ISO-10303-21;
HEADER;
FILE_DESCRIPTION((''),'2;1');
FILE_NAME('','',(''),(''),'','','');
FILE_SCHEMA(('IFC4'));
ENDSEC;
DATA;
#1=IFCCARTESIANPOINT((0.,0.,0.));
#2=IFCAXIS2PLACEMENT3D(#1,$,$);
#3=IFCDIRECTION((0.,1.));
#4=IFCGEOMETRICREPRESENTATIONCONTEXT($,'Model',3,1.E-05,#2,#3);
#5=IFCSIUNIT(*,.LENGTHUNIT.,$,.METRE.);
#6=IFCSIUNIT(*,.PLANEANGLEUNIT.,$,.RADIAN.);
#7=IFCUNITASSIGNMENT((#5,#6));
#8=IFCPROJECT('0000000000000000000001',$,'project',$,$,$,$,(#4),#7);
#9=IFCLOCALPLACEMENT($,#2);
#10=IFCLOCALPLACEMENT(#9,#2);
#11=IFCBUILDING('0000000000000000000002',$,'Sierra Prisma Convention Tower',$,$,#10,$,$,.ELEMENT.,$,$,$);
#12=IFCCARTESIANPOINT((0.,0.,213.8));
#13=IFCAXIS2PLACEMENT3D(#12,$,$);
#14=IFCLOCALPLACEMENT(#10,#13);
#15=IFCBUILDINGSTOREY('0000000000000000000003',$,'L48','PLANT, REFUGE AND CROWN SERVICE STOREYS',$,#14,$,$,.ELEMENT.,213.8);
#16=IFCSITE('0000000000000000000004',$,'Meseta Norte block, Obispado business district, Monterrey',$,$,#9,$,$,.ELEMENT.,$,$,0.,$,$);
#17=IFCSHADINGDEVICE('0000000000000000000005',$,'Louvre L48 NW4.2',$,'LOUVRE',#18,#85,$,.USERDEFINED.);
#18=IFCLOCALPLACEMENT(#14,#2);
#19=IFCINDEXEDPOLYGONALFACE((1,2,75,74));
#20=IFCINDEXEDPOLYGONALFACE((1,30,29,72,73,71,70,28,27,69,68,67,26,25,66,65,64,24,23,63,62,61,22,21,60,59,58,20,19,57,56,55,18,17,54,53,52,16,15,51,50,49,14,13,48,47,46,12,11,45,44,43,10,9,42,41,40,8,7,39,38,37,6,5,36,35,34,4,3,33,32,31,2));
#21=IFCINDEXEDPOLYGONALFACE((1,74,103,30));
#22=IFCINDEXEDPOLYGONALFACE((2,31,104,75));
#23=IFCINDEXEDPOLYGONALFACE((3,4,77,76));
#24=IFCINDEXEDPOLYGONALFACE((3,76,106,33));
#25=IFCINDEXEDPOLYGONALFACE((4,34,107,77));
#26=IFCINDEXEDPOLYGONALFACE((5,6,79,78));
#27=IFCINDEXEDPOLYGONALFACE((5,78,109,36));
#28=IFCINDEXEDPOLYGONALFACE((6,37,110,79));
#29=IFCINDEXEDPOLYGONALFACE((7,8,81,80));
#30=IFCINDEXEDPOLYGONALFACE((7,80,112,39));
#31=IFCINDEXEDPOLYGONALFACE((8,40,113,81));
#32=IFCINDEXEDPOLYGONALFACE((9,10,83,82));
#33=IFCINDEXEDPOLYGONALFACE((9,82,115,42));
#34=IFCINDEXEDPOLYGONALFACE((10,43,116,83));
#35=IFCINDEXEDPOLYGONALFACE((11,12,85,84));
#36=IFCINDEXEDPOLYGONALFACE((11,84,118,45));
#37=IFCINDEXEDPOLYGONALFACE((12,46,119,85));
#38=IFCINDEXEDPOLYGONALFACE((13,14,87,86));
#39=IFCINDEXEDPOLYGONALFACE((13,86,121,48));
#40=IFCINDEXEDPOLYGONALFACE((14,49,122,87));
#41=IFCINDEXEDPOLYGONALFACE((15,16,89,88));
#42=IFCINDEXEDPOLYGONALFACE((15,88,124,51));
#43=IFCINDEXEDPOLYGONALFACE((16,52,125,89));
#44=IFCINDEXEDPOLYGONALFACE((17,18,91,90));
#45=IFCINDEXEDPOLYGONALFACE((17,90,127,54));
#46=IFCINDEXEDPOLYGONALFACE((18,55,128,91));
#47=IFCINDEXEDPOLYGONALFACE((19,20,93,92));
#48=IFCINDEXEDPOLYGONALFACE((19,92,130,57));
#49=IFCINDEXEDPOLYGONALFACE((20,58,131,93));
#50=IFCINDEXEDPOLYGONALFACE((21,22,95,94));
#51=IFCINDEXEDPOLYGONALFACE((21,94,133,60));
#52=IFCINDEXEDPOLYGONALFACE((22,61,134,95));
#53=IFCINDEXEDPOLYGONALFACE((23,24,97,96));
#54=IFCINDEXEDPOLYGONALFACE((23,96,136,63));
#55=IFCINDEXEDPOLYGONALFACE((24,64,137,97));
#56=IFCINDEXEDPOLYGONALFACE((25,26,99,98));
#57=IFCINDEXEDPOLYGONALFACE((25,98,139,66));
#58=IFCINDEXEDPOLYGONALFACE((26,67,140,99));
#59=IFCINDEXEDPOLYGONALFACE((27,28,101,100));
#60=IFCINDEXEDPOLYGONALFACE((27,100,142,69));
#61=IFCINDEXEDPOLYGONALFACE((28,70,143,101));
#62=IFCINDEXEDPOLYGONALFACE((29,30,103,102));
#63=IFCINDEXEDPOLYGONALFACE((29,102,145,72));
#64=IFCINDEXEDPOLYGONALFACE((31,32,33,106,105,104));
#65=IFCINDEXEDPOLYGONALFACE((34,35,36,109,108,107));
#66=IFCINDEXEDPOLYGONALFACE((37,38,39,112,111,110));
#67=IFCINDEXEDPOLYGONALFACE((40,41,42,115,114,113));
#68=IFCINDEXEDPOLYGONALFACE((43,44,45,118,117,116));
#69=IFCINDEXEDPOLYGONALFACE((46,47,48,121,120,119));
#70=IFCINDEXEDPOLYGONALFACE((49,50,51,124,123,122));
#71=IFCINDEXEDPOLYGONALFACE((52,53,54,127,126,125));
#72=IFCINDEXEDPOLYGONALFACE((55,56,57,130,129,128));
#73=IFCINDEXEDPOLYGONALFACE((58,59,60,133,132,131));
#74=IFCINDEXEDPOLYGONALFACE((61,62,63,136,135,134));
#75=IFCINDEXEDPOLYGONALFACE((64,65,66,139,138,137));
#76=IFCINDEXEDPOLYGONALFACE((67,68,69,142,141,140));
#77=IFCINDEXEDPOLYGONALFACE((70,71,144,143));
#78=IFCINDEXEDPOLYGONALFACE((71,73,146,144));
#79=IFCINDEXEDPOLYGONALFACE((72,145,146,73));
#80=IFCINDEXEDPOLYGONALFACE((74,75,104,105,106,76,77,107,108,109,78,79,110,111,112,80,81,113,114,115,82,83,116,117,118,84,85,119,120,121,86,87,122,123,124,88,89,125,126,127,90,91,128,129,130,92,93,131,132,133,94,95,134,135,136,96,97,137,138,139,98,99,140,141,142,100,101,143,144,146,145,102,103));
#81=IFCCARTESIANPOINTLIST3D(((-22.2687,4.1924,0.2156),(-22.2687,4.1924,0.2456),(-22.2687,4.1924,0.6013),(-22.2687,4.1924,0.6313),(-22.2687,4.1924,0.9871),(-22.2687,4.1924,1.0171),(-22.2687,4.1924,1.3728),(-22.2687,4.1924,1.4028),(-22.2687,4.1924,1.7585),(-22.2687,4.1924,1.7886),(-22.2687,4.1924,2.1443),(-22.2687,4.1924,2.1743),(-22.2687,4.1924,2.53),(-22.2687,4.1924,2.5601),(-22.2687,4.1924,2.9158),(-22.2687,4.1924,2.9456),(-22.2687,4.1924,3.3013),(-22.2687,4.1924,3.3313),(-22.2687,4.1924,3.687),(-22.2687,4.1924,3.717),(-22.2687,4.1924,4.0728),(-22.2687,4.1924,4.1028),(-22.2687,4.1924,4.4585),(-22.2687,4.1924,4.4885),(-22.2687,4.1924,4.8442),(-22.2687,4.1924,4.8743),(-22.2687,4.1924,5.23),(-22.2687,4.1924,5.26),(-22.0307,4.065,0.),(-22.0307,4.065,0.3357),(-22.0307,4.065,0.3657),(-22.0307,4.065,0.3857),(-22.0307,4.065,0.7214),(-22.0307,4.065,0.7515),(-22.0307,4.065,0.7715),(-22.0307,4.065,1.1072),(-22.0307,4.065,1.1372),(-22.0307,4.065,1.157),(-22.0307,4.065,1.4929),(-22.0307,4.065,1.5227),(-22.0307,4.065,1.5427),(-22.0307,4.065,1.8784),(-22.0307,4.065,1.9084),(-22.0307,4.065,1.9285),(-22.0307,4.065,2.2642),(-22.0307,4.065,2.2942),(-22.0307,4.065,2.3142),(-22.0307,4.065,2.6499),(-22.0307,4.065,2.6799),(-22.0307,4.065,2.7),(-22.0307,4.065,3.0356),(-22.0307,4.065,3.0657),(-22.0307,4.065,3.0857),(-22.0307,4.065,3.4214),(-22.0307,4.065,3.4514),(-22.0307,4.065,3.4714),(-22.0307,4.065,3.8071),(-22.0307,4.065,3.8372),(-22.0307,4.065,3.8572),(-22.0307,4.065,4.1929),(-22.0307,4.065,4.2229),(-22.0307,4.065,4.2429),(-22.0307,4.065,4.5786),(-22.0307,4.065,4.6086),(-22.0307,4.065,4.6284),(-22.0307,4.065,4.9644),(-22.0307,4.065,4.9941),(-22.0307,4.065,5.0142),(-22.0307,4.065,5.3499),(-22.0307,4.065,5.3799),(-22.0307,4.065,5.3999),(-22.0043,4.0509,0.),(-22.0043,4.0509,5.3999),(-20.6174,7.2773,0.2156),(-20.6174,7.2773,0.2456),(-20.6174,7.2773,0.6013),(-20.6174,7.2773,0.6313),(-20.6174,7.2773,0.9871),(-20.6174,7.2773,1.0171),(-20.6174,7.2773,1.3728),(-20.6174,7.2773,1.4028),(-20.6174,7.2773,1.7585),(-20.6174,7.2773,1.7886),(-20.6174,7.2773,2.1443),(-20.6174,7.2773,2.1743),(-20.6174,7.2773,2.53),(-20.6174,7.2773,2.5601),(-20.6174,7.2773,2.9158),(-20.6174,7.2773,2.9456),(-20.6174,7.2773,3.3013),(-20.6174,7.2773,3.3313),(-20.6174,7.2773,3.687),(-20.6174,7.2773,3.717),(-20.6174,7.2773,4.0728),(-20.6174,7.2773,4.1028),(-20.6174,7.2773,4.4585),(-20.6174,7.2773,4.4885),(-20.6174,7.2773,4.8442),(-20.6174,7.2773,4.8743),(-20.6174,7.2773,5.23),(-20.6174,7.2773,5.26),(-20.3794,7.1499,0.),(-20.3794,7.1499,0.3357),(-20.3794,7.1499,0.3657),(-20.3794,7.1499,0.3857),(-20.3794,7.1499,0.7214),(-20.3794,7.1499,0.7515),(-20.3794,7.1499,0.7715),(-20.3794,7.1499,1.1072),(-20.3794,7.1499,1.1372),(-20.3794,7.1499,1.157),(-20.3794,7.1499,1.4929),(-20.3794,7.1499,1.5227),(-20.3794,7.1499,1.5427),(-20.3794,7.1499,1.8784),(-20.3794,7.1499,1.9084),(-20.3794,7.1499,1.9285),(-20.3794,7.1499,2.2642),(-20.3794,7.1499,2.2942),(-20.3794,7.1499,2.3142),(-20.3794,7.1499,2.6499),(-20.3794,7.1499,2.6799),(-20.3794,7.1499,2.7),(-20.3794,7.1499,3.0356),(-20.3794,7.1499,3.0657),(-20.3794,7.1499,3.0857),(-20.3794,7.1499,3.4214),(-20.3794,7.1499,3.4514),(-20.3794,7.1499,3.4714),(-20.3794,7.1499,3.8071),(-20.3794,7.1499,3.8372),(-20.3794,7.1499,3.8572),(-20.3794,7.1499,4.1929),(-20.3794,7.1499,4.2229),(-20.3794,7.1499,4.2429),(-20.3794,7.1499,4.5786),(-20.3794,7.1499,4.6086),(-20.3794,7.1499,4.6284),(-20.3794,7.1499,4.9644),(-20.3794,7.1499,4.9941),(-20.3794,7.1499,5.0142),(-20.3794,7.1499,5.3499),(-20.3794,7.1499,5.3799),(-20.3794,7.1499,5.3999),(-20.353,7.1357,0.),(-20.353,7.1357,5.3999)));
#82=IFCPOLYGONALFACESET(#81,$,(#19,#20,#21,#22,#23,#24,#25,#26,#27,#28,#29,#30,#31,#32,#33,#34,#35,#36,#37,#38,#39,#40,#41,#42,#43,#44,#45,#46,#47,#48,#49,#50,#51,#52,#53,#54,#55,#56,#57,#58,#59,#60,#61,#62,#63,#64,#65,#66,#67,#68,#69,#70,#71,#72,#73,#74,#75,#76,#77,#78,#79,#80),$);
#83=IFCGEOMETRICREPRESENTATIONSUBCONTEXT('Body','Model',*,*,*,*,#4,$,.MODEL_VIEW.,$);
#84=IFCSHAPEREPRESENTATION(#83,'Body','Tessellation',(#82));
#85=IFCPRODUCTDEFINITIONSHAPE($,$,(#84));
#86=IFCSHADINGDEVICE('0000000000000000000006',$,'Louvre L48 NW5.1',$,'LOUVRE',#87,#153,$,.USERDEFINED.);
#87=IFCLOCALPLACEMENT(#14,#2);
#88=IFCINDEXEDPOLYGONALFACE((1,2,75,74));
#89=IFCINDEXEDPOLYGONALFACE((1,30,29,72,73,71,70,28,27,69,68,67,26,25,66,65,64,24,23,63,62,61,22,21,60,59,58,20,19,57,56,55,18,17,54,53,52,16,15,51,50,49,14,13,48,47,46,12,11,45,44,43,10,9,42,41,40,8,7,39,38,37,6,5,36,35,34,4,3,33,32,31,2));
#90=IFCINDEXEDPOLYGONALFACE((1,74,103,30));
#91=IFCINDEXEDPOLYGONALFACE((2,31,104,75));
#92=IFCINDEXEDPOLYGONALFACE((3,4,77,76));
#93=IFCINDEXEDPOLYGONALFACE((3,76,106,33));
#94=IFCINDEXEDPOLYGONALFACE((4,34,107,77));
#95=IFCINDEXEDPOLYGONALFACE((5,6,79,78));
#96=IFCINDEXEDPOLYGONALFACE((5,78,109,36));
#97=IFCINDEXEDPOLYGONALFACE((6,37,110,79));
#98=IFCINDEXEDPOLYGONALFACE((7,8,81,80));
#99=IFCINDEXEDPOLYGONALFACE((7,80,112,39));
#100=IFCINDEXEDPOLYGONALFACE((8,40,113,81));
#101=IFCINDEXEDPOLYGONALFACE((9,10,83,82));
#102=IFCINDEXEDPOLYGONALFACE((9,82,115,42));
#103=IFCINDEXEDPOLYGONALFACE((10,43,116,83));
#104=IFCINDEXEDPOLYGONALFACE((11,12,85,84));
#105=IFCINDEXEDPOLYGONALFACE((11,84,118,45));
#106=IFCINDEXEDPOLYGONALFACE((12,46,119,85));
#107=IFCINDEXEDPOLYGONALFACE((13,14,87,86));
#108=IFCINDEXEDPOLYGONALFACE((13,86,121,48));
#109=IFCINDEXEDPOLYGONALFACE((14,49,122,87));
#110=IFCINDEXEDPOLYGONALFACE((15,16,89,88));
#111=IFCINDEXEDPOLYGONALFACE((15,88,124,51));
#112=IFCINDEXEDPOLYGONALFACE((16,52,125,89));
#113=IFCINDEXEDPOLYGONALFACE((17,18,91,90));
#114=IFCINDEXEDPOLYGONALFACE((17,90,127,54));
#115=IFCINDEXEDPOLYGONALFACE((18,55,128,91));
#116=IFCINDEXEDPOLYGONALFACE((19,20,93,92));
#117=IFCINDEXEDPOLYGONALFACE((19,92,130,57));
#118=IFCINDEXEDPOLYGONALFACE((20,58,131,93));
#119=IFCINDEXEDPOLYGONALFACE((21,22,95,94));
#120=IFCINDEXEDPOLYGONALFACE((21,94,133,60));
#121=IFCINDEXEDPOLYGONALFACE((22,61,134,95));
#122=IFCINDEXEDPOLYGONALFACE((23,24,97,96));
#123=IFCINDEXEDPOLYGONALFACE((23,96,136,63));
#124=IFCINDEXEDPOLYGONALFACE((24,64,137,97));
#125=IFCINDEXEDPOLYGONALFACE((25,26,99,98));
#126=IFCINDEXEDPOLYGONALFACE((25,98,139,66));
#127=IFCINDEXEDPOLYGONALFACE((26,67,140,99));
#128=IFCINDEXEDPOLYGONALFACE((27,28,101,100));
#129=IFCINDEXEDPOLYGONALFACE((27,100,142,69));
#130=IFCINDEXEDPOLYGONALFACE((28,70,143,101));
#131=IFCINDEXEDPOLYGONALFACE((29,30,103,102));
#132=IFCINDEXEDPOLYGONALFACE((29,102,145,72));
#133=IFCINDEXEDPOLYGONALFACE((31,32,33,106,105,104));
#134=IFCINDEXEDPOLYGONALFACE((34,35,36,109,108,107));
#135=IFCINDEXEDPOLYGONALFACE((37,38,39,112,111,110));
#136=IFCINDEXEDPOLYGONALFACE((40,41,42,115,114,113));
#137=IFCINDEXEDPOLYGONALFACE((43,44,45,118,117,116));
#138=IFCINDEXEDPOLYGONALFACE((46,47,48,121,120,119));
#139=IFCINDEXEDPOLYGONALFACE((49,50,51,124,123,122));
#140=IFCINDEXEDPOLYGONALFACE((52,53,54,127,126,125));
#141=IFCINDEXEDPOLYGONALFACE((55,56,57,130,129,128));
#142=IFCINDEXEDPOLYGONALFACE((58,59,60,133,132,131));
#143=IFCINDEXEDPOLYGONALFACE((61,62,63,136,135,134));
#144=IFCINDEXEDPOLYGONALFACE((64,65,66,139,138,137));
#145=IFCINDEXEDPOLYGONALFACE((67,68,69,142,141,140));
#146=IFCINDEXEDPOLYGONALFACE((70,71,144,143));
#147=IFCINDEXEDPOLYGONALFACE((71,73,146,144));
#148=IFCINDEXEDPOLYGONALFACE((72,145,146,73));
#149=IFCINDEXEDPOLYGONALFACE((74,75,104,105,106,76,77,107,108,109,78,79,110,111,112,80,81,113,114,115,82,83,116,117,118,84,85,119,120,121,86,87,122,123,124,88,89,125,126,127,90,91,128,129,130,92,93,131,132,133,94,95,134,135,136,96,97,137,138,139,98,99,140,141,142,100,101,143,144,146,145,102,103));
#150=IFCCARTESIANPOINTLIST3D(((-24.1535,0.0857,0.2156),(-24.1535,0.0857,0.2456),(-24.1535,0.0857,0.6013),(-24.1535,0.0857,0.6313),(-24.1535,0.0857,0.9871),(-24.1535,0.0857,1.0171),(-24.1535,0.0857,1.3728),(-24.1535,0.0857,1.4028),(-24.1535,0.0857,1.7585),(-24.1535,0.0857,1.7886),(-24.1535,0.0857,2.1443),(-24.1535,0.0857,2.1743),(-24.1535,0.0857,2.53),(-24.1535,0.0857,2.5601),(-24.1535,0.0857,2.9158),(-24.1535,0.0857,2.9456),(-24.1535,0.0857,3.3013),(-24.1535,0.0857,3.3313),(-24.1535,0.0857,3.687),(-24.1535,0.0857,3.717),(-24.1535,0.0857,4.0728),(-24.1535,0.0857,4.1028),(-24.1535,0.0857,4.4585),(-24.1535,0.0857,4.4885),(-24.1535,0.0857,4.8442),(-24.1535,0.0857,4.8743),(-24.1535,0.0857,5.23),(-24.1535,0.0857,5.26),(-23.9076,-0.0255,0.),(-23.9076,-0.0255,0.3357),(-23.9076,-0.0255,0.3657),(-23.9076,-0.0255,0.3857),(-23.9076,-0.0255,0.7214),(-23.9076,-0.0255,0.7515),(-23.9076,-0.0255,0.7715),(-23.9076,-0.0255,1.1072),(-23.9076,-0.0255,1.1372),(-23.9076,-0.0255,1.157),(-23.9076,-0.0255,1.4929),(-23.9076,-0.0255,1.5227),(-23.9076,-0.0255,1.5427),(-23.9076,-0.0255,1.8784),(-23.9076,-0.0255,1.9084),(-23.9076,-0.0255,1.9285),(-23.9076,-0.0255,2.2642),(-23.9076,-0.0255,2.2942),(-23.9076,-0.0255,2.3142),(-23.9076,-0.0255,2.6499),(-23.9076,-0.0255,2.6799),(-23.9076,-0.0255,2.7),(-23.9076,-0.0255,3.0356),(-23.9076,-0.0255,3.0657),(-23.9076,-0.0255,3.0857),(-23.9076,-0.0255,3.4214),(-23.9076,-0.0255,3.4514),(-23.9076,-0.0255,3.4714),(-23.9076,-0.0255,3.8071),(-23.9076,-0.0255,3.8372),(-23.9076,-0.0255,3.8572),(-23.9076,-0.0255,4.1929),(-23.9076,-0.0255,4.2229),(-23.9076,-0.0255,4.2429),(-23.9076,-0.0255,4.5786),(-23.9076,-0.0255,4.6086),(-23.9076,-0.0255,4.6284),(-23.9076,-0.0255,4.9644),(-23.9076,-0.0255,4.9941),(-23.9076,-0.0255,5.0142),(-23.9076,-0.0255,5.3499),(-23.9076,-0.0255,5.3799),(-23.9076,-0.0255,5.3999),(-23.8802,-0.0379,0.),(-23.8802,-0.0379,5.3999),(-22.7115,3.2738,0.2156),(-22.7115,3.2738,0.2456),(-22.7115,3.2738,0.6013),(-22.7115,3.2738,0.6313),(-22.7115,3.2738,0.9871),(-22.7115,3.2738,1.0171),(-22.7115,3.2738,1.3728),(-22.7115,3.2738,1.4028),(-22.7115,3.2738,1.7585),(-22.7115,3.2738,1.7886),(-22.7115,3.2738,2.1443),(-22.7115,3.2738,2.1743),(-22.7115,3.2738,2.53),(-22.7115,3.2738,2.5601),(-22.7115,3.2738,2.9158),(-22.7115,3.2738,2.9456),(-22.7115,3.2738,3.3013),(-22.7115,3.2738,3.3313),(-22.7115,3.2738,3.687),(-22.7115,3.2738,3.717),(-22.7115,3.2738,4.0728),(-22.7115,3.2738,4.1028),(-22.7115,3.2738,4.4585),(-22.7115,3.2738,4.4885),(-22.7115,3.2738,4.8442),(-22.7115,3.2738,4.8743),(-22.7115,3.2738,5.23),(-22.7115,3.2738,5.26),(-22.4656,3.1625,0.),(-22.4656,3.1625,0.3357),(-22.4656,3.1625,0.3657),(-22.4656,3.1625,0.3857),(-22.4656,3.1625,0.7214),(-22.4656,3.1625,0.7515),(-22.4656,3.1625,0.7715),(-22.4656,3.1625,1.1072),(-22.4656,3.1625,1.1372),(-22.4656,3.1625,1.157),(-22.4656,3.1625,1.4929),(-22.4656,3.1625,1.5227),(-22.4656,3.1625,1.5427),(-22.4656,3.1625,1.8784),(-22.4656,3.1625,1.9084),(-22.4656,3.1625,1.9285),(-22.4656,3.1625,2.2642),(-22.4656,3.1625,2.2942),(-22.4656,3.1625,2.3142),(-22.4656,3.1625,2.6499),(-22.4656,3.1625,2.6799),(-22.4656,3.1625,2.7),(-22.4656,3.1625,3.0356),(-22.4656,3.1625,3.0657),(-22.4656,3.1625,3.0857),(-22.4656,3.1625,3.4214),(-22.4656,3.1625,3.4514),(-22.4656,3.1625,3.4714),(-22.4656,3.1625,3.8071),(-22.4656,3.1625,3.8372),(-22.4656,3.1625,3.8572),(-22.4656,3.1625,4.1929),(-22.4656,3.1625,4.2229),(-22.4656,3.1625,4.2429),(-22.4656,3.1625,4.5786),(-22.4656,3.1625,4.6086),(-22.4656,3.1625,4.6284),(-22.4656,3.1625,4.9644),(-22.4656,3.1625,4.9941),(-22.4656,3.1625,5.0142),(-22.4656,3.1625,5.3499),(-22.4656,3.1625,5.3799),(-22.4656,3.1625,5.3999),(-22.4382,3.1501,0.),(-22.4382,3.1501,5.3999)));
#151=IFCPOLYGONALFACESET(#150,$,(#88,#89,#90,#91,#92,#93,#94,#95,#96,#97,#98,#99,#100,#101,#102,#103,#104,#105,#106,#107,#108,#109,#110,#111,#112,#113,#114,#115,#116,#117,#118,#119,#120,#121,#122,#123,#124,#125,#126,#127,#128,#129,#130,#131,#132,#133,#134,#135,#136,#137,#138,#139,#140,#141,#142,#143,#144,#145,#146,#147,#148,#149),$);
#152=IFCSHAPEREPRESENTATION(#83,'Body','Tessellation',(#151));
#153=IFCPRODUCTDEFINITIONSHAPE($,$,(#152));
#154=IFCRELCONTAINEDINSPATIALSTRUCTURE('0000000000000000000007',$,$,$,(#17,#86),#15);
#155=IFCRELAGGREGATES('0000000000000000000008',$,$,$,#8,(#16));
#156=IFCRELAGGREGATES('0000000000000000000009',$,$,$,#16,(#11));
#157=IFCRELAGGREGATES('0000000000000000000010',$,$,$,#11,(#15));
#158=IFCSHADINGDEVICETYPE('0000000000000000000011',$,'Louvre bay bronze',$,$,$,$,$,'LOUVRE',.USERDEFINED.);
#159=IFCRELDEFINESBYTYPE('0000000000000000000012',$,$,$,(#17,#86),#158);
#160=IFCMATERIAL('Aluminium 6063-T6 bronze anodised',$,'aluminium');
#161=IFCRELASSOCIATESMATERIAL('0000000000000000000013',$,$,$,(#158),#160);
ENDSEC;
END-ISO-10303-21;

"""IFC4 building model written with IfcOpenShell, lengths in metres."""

from ifc_helpers import new_model, si_unit, direction, frame, origin, place, context, subcontext, project, spatial, polyline, outline, extrude, material, type_object, element, save


model = new_model("IFC4")

# Units and contexts
model_context = context("Model", 3, precision=1e-05, world=origin(), true_north=direction((0.0, 1.0)))
body_context = subcontext(model_context, "Body", "Model", "MODEL_VIEW")
ifc_project = project(units=[si_unit("LENGTHUNIT", "METRE"), si_unit("PLANEANGLEUNIT", "RADIAN")], contexts=[model_context])

# Site, building, storey
site_placement = place(None, origin())
site = spatial("IfcSite", under=ifc_project, at=site_placement, Name="Meseta Norte block, Obispado business district, Monterrey", CompositionType="ELEMENT", RefElevation=0.0)
building_placement = place(site_placement, origin())
building = spatial("IfcBuilding", under=site, at=building_placement, Name="Sierra Prisma Convention Tower", CompositionType="ELEMENT")
storey_placement = place(building_placement, frame((0.0, 0.0, 213.8)))
storey = spatial("IfcBuildingStorey", under=building, at=storey_placement, Name="L48", Description="PLANT, REFUGE AND CROWN SERVICE STOREYS", CompositionType="ELEMENT", Elevation=213.8)

# Shading devices
ifc_material_1 = material(Name="Aluminium 6063-T6 bronze anodised", Category="aluminium")
shading_device_type = type_object("IfcShadingDeviceType", Name="Louvre bay bronze", ElementType="LOUVRE", PredefinedType="USERDEFINED", material=ifc_material_1)
shading_device_1_placement = place(storey_placement, frame((-20.353, 7.1357, 0.0), z_axis=(0.471926, 0.881638, 0.0), x_axis=(0.0, 0.0, 1.0)))
element("IfcShadingDevice", 1, at=shading_device_1_placement, inside=storey, type_object=shading_device_type, Name="Louvre L48 NW4.2", ObjectType="LOUVRE", PredefinedType="USERDEFINED", context=body_context, shape_type="SweptSolid", body=[
    extrude(outline(polyline([(0.0, 0.0), (5.3999, 0.0), (5.3999, -0.0299), (5.3799, -0.0299), (5.26, -0.2999), (5.23, -0.2999), (5.3499, -0.0299), (5.0142, -0.0299), (4.9941, -0.0299), (4.8743, -0.2999), (4.8442, -0.2999), (4.9644, -0.0299), (4.6284, -0.0299), (4.6086, -0.0299), (4.4885, -0.2999), (4.4585, -0.2999), (4.5786, -0.0299), (4.2429, -0.0299), (4.2229, -0.0299), (4.1028, -0.2999), (4.0728, -0.2999), (4.1929, -0.0299), (3.8572, -0.0299), (3.8372, -0.0299), (3.717, -0.2999), (3.687, -0.2999), (3.8071, -0.0299), (3.4714, -0.0299), (3.4514, -0.0299), (3.3313, -0.2999), (3.3013, -0.2999), (3.4214, -0.0299), (3.0857, -0.0299), (3.0657, -0.0299), (2.9456, -0.2999), (2.9158, -0.2999), (3.0356, -0.0299), (2.7, -0.0299), (2.6799, -0.0299), (2.5601, -0.2999), (2.53, -0.2999), (2.6499, -0.0299), (2.3142, -0.0299), (2.2942, -0.0299), (2.1743, -0.2999), (2.1443, -0.2999), (2.2642, -0.0299), (1.9285, -0.0299), (1.9084, -0.0299), (1.7886, -0.2999), (1.7585, -0.2999), (1.8784, -0.0299), (1.5427, -0.0299), (1.5227, -0.0299), (1.4028, -0.2999), (1.3728, -0.2999), (1.4929, -0.0299), (1.157, -0.0299), (1.1372, -0.0299), (1.0171, -0.2999), (0.9871, -0.2999), (1.1072, -0.0299), (0.7715, -0.0299), (0.7515, -0.0299), (0.6313, -0.2999), (0.6013, -0.2999), (0.7214, -0.0299), (0.3857, -0.0299), (0.3657, -0.0299), (0.2456, -0.2999), (0.2156, -0.2999), (0.3357, -0.0299), (0.0, -0.0299), (0.0, 0.0)])), origin(), (0.0, 0.0, -1.0), 3.499),
])
shading_device_2_placement = place(storey_placement, frame((-22.4382, 3.1501, 0.0), z_axis=(0.412116, 0.911131, 0.0), x_axis=(0.0, 0.0, 1.0)))
element("IfcShadingDevice", 2, at=shading_device_2_placement, inside=storey, type_object=shading_device_type, Name="Louvre L48 NW5.1", ObjectType="LOUVRE", PredefinedType="USERDEFINED", context=body_context, shape_type="SweptSolid", body=[
    extrude(outline(polyline([(0.0, 0.0), (5.3999, 0.0), (5.3999, -0.03), (5.3799, -0.03), (5.26, -0.3), (5.23, -0.3), (5.3499, -0.03), (5.0142, -0.03), (4.9941, -0.03), (4.8743, -0.3), (4.8442, -0.3), (4.9644, -0.03), (4.6284, -0.03), (4.6086, -0.03), (4.4885, -0.3), (4.4585, -0.3), (4.5786, -0.03), (4.2429, -0.03), (4.2229, -0.03), (4.1028, -0.3), (4.0728, -0.3), (4.1929, -0.03), (3.8572, -0.03), (3.8372, -0.03), (3.717, -0.3), (3.687, -0.3), (3.8071, -0.03), (3.4714, -0.03), (3.4514, -0.03), (3.3313, -0.3), (3.3013, -0.3), (3.4214, -0.03), (3.0857, -0.03), (3.0657, -0.03), (2.9456, -0.3), (2.9158, -0.3), (3.0356, -0.03), (2.7, -0.03), (2.6799, -0.03), (2.5601, -0.3), (2.53, -0.3), (2.6499, -0.03), (2.3142, -0.03), (2.2942, -0.03), (2.1743, -0.3), (2.1443, -0.3), (2.2642, -0.03), (1.9285, -0.03), (1.9084, -0.03), (1.7886, -0.3), (1.7585, -0.3), (1.8784, -0.03), (1.5427, -0.03), (1.5227, -0.03), (1.4028, -0.3), (1.3728, -0.3), (1.4929, -0.03), (1.157, -0.03), (1.1372, -0.03), (1.0171, -0.3), (0.9871, -0.3), (1.1072, -0.03), (0.7715, -0.03), (0.7515, -0.03), (0.6313, -0.3), (0.6013, -0.3), (0.7214, -0.03), (0.3857, -0.03), (0.3657, -0.03), (0.2456, -0.3), (0.2156, -0.3), (0.3357, -0.03), (0.0, -0.03), (0.0, 0.0)])), origin(), (0.0, 0.0, -1.0), 3.499),
])

save(model, "model.ifc")
